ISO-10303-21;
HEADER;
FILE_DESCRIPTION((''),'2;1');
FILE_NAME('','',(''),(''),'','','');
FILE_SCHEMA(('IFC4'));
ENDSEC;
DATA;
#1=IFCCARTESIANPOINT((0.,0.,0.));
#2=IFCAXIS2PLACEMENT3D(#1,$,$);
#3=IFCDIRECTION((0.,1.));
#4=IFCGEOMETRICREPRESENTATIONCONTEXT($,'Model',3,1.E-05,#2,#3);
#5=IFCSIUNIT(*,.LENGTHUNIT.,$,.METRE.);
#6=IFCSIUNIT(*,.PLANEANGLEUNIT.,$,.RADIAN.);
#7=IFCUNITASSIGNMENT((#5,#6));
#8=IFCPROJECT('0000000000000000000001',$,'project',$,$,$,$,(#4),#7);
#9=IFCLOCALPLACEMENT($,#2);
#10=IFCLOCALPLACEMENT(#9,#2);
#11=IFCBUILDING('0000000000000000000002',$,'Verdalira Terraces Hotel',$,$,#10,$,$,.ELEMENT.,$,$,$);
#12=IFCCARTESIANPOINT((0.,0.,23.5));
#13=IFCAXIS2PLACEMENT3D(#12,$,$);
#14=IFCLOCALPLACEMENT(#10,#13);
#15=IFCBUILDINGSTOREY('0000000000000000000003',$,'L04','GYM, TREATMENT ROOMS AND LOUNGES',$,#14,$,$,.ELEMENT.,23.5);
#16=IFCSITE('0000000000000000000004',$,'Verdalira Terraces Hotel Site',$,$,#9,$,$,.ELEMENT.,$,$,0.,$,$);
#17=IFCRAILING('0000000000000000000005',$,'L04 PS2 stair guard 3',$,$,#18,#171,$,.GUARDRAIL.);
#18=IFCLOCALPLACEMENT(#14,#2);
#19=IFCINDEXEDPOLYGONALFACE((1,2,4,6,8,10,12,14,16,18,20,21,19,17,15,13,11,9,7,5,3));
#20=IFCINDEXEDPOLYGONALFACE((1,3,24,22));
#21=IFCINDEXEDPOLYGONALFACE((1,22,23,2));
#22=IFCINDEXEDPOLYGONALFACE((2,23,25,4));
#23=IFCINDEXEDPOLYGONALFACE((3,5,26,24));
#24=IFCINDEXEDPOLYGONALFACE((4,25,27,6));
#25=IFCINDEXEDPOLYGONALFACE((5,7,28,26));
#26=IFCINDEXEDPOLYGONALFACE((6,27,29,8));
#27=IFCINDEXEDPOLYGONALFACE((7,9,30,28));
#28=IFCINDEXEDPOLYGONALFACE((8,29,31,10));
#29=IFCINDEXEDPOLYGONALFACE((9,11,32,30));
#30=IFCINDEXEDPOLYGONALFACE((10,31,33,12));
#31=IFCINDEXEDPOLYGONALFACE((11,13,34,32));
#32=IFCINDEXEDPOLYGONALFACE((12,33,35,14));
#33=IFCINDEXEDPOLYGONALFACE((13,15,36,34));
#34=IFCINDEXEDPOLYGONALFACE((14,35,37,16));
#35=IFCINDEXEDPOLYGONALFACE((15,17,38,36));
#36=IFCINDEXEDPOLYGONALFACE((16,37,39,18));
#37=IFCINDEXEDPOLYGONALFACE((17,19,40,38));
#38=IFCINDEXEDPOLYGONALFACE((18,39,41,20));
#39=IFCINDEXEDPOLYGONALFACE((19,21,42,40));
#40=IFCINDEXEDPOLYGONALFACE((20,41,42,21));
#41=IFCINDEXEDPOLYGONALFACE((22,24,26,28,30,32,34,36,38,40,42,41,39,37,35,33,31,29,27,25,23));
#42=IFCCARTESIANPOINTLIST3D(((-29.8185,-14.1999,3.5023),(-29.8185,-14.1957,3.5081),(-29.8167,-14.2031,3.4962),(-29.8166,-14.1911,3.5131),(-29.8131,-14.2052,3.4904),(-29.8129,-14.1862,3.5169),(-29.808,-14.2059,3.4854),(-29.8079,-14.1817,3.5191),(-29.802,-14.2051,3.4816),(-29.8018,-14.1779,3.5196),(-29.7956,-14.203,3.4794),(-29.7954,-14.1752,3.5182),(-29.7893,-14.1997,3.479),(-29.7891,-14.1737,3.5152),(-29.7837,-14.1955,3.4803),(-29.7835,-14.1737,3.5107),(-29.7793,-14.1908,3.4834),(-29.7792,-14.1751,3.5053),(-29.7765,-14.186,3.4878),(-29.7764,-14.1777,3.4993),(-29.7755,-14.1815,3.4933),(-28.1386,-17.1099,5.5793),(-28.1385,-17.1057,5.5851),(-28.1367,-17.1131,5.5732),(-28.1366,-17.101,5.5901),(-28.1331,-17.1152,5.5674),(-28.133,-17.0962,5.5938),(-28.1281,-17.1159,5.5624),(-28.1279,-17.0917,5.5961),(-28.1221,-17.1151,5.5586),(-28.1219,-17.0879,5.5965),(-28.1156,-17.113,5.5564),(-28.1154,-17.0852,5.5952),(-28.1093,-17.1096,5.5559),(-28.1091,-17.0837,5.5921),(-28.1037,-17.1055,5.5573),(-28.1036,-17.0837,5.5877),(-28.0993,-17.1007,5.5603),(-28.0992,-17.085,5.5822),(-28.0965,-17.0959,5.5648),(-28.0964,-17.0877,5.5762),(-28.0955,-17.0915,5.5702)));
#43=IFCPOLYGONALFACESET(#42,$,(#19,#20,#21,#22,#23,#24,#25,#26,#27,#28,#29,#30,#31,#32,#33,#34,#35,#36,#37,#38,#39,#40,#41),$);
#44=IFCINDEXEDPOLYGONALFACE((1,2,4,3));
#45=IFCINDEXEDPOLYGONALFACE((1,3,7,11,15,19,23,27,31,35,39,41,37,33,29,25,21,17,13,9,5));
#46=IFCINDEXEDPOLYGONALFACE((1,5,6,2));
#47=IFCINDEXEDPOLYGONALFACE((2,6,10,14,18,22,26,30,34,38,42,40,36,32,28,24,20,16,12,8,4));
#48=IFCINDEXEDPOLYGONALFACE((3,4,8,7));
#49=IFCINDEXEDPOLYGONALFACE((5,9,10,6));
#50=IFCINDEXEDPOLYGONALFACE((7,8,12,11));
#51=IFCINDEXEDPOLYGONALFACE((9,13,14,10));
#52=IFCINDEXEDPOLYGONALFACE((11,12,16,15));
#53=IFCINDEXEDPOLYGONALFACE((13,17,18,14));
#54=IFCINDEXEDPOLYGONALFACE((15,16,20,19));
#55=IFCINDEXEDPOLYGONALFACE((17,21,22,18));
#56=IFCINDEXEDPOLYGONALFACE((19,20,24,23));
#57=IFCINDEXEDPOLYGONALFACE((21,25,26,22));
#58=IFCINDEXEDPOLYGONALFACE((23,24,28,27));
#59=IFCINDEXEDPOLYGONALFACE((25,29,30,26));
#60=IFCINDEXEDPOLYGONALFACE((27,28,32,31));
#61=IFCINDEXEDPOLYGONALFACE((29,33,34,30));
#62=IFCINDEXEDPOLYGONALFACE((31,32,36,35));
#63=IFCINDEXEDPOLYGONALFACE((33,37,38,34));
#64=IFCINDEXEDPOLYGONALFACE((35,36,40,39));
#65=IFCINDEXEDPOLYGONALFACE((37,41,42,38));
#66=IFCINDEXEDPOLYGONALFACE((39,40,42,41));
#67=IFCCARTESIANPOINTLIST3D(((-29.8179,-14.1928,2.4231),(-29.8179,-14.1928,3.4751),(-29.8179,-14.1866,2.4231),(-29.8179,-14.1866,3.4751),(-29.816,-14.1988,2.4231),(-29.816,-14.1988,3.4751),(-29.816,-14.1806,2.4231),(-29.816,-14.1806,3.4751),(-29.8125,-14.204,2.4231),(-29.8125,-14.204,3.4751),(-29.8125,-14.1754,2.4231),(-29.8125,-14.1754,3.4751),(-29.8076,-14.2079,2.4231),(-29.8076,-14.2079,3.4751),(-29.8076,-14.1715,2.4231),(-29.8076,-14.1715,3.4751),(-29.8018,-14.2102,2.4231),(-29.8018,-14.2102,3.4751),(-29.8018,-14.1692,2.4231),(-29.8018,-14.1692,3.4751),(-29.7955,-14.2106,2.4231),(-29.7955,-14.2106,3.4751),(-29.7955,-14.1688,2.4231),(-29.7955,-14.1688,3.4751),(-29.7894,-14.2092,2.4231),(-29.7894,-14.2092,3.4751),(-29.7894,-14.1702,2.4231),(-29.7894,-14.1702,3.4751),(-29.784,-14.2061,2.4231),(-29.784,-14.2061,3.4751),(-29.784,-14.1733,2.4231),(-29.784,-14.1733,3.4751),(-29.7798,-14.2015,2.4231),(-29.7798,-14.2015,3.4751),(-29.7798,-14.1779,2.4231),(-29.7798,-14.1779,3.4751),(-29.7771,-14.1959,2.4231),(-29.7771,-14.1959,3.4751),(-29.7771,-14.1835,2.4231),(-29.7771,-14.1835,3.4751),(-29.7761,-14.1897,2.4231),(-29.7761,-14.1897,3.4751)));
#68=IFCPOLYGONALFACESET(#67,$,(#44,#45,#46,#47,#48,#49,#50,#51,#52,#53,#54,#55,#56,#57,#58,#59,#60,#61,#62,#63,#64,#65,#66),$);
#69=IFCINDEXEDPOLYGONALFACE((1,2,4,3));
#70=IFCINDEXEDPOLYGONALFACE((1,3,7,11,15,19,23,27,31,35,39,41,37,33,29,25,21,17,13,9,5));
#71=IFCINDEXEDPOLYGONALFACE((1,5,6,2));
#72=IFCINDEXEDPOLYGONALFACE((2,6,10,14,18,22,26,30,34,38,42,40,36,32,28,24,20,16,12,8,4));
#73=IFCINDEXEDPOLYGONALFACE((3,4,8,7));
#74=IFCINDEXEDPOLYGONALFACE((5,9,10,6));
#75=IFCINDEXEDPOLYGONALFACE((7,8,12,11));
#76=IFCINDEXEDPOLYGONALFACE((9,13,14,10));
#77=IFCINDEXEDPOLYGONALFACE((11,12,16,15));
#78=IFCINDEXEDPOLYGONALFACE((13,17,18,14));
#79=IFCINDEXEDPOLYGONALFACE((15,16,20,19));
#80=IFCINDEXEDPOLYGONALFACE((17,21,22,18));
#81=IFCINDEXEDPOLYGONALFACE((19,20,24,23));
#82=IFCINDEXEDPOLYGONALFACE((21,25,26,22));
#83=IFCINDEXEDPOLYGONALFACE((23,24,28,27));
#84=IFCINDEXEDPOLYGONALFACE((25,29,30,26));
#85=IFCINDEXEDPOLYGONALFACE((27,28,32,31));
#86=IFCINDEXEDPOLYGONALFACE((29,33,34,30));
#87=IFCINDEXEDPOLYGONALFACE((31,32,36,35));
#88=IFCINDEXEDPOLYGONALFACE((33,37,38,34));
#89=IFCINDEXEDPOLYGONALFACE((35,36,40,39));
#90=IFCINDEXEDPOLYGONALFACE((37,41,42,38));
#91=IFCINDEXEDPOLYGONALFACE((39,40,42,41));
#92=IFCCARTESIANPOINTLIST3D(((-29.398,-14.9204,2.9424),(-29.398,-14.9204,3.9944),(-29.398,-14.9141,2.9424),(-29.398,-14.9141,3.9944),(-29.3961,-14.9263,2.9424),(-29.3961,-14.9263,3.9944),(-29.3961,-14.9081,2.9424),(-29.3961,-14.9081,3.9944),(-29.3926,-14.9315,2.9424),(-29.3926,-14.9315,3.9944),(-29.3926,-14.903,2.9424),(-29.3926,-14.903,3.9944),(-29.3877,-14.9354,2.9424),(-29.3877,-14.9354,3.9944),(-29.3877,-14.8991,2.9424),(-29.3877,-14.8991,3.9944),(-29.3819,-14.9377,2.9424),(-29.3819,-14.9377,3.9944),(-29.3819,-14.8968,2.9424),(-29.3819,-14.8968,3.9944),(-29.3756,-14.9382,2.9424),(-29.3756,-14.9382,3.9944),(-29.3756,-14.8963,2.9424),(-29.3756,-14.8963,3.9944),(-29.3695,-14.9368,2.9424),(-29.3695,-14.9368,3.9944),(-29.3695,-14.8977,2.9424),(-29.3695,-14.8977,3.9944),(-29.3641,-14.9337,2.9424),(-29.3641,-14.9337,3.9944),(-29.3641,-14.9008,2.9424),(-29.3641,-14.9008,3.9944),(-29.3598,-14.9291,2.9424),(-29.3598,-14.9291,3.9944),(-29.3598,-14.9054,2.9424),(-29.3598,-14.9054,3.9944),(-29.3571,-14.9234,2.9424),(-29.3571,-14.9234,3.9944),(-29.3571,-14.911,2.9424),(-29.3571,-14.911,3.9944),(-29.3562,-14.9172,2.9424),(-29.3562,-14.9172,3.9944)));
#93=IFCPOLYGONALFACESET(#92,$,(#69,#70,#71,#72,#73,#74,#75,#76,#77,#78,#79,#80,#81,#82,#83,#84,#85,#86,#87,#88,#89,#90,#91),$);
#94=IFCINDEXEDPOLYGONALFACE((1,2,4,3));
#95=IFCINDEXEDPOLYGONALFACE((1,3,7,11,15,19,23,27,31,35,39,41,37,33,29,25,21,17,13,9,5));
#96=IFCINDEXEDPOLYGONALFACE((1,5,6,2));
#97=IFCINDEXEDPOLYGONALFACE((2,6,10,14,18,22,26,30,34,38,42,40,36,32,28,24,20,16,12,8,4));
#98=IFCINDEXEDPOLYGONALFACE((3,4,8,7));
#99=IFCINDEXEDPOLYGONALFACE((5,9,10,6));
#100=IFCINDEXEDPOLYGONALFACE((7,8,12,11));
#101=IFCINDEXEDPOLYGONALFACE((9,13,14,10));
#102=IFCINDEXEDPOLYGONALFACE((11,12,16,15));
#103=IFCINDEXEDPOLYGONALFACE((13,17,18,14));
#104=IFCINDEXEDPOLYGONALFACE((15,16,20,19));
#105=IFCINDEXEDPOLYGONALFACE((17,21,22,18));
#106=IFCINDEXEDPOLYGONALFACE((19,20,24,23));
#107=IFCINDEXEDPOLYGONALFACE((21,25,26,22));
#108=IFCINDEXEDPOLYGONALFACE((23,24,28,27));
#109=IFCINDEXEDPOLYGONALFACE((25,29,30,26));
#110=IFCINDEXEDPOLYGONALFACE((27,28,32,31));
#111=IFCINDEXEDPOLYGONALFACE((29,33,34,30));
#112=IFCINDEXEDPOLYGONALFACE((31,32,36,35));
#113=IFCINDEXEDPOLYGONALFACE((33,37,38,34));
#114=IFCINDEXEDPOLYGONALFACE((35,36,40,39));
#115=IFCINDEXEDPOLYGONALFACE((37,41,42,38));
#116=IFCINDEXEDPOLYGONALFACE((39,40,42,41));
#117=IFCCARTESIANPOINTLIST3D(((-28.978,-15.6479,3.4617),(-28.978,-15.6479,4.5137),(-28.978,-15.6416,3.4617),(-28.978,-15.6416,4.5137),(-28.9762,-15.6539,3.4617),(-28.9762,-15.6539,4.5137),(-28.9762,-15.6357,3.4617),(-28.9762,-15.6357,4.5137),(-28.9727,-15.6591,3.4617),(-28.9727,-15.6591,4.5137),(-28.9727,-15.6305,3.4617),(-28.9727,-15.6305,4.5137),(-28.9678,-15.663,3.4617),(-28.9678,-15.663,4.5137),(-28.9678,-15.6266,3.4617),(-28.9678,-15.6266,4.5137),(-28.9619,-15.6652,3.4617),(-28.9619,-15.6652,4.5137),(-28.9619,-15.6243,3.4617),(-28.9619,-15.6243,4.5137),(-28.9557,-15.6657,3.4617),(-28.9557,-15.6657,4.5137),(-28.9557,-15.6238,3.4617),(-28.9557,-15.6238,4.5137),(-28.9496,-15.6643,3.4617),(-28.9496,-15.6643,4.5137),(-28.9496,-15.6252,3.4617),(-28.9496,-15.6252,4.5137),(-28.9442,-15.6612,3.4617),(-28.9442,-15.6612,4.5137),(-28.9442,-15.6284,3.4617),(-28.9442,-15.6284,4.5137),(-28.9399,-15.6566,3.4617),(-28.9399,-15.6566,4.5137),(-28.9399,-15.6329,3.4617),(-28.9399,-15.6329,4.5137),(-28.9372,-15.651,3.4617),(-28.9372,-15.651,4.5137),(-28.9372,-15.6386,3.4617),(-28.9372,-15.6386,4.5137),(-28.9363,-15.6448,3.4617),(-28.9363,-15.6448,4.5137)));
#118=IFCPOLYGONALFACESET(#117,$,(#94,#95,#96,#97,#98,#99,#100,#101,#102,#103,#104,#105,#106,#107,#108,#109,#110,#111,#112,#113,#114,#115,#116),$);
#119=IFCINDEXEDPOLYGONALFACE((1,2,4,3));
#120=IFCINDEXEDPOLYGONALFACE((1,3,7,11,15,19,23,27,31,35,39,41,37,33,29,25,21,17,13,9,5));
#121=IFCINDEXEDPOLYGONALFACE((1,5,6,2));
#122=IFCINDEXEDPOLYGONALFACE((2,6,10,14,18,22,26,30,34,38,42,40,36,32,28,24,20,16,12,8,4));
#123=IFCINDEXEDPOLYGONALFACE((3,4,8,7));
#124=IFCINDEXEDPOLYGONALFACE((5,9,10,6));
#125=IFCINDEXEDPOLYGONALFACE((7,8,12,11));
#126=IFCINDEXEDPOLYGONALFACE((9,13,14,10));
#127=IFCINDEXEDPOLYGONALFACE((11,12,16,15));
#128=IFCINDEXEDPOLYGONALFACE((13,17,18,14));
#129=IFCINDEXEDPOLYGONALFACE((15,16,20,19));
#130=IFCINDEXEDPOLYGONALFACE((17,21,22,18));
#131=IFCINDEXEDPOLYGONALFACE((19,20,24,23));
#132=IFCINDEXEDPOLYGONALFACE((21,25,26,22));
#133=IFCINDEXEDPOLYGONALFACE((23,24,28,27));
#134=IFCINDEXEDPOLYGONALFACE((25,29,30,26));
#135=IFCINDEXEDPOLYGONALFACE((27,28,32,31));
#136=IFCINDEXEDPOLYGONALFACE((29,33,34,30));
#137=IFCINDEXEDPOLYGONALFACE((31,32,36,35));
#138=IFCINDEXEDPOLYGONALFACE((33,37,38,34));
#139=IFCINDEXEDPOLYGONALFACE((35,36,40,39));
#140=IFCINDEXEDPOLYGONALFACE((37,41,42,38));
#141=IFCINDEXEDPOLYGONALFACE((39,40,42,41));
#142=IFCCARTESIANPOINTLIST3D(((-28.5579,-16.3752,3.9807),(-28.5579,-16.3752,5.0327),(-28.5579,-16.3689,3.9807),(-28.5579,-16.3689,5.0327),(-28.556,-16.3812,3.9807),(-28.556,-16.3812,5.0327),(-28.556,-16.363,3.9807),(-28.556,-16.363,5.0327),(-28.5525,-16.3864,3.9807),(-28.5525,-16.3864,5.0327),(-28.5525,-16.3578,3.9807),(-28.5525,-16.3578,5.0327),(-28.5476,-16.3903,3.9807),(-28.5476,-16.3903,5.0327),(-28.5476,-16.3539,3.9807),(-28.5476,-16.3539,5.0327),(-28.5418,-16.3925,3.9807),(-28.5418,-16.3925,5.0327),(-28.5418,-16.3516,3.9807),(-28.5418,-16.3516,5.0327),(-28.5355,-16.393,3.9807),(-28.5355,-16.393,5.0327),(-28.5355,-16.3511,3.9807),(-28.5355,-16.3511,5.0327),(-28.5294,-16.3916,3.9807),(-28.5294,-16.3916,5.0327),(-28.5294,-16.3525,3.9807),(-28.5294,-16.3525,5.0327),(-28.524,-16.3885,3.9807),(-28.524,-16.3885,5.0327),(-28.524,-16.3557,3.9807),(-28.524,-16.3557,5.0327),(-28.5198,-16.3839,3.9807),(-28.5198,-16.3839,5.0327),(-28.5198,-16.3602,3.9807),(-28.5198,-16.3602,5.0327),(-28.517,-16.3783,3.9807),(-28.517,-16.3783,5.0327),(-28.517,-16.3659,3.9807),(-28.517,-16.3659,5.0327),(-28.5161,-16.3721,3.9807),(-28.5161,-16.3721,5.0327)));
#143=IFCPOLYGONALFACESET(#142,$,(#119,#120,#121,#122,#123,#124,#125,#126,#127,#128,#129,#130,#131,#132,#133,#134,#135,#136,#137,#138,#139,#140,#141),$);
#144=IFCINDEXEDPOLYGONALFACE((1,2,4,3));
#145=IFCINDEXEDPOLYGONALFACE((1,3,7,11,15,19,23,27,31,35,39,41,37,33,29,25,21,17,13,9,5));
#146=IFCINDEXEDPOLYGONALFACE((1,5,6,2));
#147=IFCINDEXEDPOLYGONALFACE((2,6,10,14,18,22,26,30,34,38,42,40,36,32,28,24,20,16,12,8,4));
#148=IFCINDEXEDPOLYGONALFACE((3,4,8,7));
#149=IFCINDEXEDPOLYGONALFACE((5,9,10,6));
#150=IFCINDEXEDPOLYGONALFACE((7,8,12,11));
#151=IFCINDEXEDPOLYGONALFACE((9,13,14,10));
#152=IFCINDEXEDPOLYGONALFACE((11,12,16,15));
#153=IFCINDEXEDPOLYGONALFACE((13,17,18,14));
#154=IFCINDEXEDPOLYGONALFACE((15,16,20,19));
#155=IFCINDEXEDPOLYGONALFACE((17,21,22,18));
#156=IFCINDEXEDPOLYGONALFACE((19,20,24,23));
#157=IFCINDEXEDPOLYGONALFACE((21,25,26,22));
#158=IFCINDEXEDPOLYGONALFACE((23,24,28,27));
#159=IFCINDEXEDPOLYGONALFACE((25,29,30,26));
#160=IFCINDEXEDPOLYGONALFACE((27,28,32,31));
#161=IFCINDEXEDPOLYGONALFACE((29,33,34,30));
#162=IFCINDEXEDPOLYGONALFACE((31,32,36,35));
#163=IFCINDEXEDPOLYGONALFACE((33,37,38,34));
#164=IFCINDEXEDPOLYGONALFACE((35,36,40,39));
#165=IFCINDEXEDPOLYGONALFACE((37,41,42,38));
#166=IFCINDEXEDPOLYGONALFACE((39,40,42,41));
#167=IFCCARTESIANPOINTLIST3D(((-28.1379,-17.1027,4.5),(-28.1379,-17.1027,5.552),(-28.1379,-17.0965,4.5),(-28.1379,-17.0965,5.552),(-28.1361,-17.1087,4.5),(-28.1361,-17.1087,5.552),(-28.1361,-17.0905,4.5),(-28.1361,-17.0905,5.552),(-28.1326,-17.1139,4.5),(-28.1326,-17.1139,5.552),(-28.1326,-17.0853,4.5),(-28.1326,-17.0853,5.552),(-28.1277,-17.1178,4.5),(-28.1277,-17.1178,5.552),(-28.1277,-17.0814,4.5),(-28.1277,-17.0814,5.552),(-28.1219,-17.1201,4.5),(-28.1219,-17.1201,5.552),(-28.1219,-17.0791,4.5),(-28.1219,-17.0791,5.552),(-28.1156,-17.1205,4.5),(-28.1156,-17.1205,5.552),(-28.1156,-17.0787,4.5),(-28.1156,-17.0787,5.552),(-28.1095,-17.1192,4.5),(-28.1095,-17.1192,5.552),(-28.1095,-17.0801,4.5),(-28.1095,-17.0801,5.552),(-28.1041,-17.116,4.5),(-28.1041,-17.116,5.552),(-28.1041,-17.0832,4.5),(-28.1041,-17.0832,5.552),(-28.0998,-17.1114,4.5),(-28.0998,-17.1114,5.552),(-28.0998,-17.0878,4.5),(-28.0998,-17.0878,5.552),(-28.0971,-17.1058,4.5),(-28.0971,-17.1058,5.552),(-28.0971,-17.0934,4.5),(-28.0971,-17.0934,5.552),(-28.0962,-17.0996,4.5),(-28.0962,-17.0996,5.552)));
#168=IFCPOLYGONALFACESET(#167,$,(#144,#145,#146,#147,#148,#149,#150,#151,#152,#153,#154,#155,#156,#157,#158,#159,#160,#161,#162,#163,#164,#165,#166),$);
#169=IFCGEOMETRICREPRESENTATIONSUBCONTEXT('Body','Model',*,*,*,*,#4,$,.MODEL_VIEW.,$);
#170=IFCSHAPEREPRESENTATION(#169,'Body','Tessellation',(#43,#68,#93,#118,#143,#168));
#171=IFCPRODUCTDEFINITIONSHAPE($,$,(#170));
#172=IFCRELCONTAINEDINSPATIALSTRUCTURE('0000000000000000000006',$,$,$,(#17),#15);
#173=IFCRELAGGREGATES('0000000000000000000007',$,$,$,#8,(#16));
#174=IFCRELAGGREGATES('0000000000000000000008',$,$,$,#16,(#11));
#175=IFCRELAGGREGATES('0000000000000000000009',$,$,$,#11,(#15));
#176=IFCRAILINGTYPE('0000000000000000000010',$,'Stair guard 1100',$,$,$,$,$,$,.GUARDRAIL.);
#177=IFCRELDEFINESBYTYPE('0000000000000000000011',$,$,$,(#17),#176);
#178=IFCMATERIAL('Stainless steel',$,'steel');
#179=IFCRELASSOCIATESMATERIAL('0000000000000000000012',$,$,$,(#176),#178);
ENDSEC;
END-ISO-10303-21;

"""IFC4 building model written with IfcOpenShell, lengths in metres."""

from ifc_helpers import new_model, si_unit, direction, frame, origin, origin_2d, place, context, subcontext, project, spatial, circle, extrude, material, type_object, element, save


model = new_model("IFC4")

# Units and contexts
model_context = context("Model", 3, precision=1e-05, world=origin(), true_north=direction((0.0, 1.0)))
body_context = subcontext(model_context, "Body", "Model", "MODEL_VIEW")
ifc_project = project(units=[si_unit("LENGTHUNIT", "METRE"), si_unit("PLANEANGLEUNIT", "RADIAN")], contexts=[model_context])

# Site, building, storey
site_placement = place(None, origin())
site = spatial("IfcSite", under=ifc_project, at=site_placement, Name="Verdalira Terraces Hotel Site", CompositionType="ELEMENT", RefElevation=0.0)
building_placement = place(site_placement, origin())
building = spatial("IfcBuilding", under=site, at=building_placement, Name="Verdalira Terraces Hotel", CompositionType="ELEMENT")
storey_placement = place(building_placement, frame((0.0, 0.0, 23.5)))
storey = spatial("IfcBuildingStorey", under=building, at=storey_placement, Name="L04", Description="GYM, TREATMENT ROOMS AND LOUNGES", CompositionType="ELEMENT", Elevation=23.5)

# Railing
ifc_material_1 = material(Name="Stainless steel", Category="steel")
railing_type_1 = type_object("IfcRailingType", Name="Stair guard 1100", PredefinedType="GUARDRAIL", material=ifc_material_1)
railing_1_placement = place(storey_placement, frame((-29.7971, -14.1897, 2.4231)))
element("IfcRailing", 1, at=railing_1_placement, inside=storey, type_object=railing_type_1, Name="L04 PS2 stair guard 3", PredefinedType="GUARDRAIL", context=body_context, shape_type="SweptSolid", body=[
    extrude(circle(Radius=0.0239, at=origin_2d()), frame((0.0, 0.0, 1.0762), z_axis=(0.425288, -0.736668, 0.525785), x_axis=(0.866039, 0.499976, 0.0)), (0.0, 0.0, 1.0), 3.9502),
    extrude(circle(Radius=0.021, at=origin_2d()), origin(), (0.0, 0.0, 1.0), 1.052),
    extrude(circle(Radius=0.021, at=origin_2d()), frame((0.4199, -0.7275, 0.5193)), (0.0, 0.0, 1.0), 1.052),
    extrude(circle(Radius=0.021, at=origin_2d()), frame((0.8398, -1.4551, 1.0386)), (0.0, 0.0, 1.0), 1.052),
    extrude(circle(Radius=0.021, at=origin_2d()), frame((1.26, -2.1824, 1.5576)), (0.0, 0.0, 1.0), 1.052),
    extrude(circle(Radius=0.021, at=origin_2d()), frame((1.6799, -2.9099, 2.0769)), (0.0, 0.0, 1.0), 1.052),
])

save(model, "model.ifc")
